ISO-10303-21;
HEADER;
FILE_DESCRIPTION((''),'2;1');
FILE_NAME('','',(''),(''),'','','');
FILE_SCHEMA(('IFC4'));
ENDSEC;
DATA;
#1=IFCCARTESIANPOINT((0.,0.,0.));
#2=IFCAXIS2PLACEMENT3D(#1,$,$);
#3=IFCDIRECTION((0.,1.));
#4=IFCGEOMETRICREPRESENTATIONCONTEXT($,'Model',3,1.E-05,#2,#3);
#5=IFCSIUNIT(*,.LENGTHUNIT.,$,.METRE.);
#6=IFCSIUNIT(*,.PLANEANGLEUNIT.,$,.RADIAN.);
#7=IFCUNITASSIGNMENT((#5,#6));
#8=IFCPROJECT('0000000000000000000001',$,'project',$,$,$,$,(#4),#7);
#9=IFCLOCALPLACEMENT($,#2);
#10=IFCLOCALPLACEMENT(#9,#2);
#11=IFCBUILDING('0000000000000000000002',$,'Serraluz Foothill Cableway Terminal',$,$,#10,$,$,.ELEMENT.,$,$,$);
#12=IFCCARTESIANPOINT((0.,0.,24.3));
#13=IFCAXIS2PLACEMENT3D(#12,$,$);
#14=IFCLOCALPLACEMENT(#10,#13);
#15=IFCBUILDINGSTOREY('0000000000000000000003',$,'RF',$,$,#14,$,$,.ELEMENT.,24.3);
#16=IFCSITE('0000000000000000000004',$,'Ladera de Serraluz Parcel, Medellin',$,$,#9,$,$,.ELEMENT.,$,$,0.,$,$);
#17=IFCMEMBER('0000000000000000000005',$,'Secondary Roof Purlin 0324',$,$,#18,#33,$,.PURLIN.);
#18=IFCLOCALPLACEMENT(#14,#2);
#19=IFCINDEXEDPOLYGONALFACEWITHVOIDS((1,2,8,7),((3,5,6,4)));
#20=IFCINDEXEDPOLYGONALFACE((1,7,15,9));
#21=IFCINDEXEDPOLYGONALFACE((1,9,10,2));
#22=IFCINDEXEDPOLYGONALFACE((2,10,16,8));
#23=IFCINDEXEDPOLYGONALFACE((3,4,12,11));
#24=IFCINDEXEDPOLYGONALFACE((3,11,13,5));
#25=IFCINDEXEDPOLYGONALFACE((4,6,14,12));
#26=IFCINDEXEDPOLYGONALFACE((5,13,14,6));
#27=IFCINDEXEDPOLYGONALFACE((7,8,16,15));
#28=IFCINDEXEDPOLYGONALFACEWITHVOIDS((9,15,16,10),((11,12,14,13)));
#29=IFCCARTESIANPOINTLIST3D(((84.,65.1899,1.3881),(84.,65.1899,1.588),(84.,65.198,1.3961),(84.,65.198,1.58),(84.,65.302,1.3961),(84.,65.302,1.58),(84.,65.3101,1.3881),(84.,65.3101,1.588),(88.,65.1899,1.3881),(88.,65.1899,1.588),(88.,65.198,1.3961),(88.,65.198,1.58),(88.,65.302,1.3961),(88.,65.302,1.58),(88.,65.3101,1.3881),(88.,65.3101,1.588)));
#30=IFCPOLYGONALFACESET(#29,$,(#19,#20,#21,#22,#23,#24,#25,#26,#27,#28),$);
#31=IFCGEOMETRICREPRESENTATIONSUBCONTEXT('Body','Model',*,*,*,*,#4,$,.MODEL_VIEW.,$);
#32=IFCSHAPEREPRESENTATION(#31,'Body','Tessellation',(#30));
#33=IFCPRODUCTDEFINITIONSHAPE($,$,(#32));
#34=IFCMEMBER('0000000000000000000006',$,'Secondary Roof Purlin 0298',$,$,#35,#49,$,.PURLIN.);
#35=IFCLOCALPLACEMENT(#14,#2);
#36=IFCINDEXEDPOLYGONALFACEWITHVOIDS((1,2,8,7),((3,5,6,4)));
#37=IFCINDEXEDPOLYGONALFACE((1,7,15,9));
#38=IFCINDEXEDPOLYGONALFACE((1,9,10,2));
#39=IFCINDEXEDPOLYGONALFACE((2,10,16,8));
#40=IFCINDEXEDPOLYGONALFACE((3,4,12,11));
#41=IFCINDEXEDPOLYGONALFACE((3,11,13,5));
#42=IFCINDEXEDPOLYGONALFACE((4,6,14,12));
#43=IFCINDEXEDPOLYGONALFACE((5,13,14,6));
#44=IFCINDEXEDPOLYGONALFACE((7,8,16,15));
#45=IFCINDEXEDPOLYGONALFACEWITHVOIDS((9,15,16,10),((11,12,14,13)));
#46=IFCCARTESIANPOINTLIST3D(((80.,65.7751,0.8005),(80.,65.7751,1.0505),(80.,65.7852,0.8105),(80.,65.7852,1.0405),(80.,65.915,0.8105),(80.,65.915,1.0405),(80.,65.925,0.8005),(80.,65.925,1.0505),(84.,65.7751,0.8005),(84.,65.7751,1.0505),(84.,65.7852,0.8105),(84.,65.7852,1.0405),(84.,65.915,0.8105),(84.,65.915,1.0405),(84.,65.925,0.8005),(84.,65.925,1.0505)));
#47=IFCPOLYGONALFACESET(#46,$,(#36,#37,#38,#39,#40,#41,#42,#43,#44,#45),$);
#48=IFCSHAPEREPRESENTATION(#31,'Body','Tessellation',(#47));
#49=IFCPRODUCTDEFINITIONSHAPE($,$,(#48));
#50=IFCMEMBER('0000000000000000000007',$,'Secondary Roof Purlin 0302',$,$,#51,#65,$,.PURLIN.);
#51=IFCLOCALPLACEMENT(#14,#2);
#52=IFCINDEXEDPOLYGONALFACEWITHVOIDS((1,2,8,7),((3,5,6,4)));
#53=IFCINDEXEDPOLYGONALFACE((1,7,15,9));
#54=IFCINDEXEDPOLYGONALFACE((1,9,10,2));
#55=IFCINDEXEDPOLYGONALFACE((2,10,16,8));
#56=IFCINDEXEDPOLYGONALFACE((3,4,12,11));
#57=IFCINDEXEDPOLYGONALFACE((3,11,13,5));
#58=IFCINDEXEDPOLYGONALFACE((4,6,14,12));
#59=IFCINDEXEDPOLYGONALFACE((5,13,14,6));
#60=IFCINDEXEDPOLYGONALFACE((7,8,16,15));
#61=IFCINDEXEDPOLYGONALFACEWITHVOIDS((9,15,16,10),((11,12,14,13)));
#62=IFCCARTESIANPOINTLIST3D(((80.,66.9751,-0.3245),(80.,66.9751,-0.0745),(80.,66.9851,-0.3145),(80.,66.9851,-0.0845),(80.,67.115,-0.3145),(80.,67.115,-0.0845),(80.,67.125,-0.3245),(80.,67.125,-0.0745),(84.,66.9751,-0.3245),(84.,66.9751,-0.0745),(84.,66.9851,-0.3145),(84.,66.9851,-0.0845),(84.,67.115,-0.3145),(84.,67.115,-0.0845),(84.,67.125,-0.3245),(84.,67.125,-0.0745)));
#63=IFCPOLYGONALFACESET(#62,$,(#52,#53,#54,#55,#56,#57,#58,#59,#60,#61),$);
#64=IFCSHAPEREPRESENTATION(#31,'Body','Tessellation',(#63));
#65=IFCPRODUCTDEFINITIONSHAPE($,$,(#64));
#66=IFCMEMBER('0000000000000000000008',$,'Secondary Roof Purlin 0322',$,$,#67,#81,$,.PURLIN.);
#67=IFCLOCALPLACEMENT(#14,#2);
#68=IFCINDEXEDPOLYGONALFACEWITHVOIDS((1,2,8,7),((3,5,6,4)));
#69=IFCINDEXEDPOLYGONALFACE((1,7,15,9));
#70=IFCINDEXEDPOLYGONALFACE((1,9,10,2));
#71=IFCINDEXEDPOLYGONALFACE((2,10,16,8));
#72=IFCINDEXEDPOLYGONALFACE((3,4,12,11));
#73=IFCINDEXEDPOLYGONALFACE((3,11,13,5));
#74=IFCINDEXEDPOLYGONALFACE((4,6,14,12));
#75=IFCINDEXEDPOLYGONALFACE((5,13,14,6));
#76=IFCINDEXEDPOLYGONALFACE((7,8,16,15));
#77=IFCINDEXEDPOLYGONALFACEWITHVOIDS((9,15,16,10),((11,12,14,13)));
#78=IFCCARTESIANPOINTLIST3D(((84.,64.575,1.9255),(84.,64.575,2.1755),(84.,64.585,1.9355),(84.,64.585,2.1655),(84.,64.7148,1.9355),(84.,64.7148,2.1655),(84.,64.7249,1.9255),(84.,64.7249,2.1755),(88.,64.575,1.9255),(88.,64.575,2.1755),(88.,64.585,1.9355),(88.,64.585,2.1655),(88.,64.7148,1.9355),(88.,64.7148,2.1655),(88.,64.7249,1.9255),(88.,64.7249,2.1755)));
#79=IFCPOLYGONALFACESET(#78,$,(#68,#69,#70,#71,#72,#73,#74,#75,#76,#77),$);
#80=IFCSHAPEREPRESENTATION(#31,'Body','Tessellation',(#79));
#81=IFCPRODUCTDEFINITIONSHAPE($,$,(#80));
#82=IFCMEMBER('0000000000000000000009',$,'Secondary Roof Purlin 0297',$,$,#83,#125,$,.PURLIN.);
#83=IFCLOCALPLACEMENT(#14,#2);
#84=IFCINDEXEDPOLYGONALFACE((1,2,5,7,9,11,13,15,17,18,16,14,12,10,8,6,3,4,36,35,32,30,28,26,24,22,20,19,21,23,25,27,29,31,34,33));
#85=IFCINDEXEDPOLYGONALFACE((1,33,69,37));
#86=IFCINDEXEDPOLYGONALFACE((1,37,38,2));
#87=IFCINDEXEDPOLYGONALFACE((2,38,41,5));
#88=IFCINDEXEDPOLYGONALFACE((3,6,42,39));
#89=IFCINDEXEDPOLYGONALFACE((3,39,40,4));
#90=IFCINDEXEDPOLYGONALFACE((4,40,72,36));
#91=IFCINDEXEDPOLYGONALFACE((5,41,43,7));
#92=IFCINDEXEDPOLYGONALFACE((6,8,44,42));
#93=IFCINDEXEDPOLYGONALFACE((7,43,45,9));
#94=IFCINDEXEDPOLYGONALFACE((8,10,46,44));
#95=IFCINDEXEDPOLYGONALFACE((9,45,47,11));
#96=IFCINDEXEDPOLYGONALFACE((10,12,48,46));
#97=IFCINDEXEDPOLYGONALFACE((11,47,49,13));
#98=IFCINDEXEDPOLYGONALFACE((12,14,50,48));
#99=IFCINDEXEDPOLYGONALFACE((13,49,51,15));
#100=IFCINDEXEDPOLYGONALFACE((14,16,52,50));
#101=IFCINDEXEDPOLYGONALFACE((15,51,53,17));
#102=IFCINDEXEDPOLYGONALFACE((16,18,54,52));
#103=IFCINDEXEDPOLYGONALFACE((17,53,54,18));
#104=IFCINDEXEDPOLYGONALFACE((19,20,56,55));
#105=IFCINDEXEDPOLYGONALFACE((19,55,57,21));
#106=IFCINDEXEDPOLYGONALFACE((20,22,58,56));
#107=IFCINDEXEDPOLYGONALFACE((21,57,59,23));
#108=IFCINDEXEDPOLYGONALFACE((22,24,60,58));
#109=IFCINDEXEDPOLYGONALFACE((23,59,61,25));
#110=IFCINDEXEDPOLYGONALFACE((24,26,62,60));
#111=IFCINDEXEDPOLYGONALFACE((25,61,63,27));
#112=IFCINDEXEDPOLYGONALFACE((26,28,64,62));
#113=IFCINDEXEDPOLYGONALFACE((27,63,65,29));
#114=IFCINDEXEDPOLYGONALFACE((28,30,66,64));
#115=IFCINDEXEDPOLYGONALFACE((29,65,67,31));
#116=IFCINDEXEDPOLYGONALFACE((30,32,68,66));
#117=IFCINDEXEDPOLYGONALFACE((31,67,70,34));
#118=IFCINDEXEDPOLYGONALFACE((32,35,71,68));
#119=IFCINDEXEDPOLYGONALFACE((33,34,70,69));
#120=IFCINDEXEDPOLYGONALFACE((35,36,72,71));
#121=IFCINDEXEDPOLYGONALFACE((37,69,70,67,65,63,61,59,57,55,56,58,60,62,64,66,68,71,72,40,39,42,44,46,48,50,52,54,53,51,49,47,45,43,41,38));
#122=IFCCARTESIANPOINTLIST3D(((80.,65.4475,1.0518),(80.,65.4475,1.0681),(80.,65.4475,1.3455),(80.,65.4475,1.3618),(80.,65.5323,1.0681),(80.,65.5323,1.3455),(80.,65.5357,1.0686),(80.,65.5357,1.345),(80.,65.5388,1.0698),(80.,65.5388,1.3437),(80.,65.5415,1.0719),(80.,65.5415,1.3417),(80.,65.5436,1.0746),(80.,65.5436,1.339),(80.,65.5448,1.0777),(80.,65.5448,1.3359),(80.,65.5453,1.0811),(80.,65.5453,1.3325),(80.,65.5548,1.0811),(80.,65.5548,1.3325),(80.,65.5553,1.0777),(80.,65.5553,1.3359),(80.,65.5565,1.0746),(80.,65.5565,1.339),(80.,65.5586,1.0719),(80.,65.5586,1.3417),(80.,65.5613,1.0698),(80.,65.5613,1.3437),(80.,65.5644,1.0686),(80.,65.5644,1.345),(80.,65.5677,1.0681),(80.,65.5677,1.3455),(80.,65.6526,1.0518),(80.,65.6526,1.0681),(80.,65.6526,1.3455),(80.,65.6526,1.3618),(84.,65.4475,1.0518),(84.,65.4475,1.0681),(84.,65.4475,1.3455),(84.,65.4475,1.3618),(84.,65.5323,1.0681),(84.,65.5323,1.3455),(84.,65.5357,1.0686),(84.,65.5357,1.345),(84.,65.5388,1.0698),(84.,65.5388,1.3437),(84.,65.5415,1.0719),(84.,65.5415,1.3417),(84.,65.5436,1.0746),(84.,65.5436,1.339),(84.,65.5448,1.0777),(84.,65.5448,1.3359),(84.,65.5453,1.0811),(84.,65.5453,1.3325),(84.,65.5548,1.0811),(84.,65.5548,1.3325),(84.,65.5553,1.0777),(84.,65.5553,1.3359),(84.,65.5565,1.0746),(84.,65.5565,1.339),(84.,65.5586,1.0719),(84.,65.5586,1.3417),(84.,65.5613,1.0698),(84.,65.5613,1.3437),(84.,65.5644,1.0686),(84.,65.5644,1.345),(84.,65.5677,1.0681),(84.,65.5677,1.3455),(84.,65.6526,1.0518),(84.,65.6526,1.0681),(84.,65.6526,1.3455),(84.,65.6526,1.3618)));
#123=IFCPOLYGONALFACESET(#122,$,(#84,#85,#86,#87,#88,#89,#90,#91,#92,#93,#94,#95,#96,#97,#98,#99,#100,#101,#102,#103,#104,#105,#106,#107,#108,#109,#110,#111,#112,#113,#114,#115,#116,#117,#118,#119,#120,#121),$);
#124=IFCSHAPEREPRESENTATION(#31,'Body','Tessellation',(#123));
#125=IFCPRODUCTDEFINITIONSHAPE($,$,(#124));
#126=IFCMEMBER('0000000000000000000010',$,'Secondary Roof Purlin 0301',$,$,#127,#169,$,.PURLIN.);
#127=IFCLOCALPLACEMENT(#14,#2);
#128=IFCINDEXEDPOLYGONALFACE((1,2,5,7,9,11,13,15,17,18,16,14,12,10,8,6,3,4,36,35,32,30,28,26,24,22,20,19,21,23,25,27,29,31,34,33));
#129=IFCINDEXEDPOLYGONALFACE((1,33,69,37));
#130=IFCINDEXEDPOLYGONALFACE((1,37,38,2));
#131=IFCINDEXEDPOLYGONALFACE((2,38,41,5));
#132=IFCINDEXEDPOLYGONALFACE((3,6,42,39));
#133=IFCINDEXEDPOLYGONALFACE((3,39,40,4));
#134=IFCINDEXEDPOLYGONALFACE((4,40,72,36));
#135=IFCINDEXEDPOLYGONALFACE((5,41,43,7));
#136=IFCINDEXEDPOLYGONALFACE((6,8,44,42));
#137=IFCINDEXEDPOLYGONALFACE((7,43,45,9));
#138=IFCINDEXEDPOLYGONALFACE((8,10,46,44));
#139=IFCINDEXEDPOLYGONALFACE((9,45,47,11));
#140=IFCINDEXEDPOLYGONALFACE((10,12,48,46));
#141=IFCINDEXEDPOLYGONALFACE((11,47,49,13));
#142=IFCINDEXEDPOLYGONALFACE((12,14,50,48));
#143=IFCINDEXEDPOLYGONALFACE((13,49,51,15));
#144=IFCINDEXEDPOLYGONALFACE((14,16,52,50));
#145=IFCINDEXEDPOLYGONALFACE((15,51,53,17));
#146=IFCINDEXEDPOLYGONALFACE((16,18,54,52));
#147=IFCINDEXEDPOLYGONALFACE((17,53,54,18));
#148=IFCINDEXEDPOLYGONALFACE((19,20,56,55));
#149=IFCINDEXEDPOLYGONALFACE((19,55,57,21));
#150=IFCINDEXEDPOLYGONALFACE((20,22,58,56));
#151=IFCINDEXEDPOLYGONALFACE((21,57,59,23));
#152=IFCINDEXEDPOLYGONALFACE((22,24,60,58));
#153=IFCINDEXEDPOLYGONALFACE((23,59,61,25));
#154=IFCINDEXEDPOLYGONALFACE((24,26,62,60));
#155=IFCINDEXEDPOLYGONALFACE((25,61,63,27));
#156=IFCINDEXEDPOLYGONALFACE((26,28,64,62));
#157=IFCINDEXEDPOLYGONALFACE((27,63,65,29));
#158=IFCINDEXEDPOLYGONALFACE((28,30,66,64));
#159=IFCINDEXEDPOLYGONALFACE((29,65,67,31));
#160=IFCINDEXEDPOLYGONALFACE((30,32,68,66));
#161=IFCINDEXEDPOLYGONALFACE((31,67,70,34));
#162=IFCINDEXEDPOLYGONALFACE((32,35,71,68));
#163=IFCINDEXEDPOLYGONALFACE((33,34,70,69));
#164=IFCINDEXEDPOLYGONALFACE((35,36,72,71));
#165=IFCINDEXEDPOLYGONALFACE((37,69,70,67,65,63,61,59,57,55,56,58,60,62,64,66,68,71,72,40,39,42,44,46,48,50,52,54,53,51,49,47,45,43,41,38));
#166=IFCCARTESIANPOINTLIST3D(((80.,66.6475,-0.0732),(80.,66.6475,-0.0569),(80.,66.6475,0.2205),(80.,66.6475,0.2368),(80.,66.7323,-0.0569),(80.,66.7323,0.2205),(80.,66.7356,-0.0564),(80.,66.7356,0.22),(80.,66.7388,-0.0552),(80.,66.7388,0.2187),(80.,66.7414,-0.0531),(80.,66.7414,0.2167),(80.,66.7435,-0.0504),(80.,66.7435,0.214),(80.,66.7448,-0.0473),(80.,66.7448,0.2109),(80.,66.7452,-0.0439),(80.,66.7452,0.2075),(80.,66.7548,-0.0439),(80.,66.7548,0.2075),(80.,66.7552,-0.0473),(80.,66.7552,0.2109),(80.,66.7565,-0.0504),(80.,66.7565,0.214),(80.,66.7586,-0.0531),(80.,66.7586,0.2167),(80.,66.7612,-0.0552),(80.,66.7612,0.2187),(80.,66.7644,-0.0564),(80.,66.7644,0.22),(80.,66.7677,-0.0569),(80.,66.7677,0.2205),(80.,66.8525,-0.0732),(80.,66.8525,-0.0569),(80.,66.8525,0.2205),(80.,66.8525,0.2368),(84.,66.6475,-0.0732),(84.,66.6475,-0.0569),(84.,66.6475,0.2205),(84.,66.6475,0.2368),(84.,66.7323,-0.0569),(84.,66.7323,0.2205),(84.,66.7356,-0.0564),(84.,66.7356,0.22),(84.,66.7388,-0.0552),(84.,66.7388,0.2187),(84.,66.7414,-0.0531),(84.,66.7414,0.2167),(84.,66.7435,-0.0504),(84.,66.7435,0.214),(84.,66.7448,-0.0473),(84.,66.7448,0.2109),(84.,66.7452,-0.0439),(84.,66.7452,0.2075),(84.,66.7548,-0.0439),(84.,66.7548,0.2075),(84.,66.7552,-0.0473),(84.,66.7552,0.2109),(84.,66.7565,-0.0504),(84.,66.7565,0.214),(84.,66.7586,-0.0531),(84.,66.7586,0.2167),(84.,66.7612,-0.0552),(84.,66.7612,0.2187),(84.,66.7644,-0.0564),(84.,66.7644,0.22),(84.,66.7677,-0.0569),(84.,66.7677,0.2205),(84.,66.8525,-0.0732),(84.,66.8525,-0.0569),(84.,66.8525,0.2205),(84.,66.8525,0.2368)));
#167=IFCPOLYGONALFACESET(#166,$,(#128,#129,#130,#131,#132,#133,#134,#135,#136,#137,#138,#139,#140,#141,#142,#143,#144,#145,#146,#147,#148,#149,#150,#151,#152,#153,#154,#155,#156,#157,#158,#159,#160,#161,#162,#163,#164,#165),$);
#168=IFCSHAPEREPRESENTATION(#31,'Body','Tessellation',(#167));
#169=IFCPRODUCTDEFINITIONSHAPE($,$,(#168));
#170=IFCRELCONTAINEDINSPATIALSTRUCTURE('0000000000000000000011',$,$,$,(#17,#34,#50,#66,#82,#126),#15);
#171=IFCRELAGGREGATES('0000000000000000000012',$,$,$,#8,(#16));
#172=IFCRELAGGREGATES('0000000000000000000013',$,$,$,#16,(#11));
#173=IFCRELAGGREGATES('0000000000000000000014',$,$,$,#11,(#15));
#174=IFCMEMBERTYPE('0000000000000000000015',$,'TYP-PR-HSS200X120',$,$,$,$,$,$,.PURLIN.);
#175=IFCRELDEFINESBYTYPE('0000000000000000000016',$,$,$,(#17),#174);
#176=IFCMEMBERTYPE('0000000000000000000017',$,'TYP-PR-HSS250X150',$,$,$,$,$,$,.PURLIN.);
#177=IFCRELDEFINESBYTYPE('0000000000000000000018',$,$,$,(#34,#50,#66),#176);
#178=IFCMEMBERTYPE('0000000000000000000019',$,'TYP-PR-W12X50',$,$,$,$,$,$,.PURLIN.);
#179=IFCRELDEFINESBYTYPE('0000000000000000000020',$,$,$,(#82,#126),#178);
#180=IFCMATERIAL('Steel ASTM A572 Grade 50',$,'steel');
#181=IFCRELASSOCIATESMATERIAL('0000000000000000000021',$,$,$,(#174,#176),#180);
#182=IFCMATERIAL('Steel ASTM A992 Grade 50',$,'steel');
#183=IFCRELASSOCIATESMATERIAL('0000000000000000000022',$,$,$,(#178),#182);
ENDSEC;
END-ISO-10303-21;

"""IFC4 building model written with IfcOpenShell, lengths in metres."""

from ifc_helpers import new_model, si_unit, direction, frame, origin, origin_2d, place, context, subcontext, project, spatial, hollow_rectangle, i_section, extrude, material, material_profile, profile_set, type_object, element, save


model = new_model("IFC4")

# Units and contexts
model_context = context("Model", 3, precision=1e-05, world=origin(), true_north=direction((0.0, 1.0)))
body_context = subcontext(model_context, "Body", "Model", "MODEL_VIEW")
ifc_project = project(units=[si_unit("LENGTHUNIT", "METRE"), si_unit("PLANEANGLEUNIT", "RADIAN")], contexts=[model_context])

# Site, building, storey
site_placement = place(None, origin())
site = spatial("IfcSite", under=ifc_project, at=site_placement, Name="Ladera de Serraluz Parcel, Medellin", CompositionType="ELEMENT", RefElevation=0.0)
building_placement = place(site_placement, origin())
building = spatial("IfcBuilding", under=site, at=building_placement, Name="Serraluz Foothill Cableway Terminal", CompositionType="ELEMENT")
storey_placement = place(building_placement, frame((0.0, 0.0, 24.3)))
storey = spatial("IfcBuildingStorey", under=building, at=storey_placement, Name="RF", CompositionType="ELEMENT", Elevation=24.3)

# Members
ifc_material_1 = material(Name="Steel ASTM A572 Grade 50", Category="steel")
ifc_material_profile_1 = material_profile(ifc_material_1, hollow_rectangle(XDim=0.1201, YDim=0.2, WallThickness=0.0081, at=origin_2d()), Name="HSS200X120X8")
ifc_profile_set_1 = profile_set([ifc_material_profile_1], Name="Steel ASTM A572 Grade 50")
member_type_1 = type_object("IfcMemberType", Name="TYP-PR-HSS200X120", PredefinedType="PURLIN", material=ifc_profile_set_1)
for number, where, z_axis, x_axis, name in (
    (1, (84.0, 65.25, 1.488), (1.0, 0.0, 0.0), (0.0, 1.0, 0.0), "Secondary Roof Purlin 0324"),
):
    element("IfcMember", number, at=place(storey_placement, frame(where, z_axis=z_axis, x_axis=x_axis)), inside=storey, type_object=member_type_1, Name=name, PredefinedType="PURLIN", context=body_context, shape_type="SweptSolid", body=[
        extrude(hollow_rectangle(XDim=0.1201, YDim=0.2, WallThickness=0.0081, at=origin_2d()), origin(), (0.0, 0.0, 1.0), 4.0),
    ])
ifc_material_profile_2 = material_profile(ifc_material_1, hollow_rectangle(XDim=0.1499, YDim=0.25, WallThickness=0.01, at=origin_2d()), Name="HSS250X150X10")
ifc_profile_set_2 = profile_set([ifc_material_profile_2], Name="Steel ASTM A572 Grade 50")
member_type_2 = type_object("IfcMemberType", Name="TYP-PR-HSS250X150", PredefinedType="PURLIN", material=ifc_profile_set_2)
for number, where, z_axis, x_axis, name in (
    (2, (80.0, 65.8501, 0.9255), (1.0, 0.0, 0.0), (0.0, 1.0, 0.0), "Secondary Roof Purlin 0298"),
    (3, (80.0, 67.05, -0.1995), (1.0, 0.0, 0.0), (0.0, 1.0, 0.0), "Secondary Roof Purlin 0302"),
    (4, (84.0, 64.6499, 2.0505), (1.0, 0.0, 0.0), (0.0, 1.0, 0.0), "Secondary Roof Purlin 0322"),
):
    element("IfcMember", number, at=place(storey_placement, frame(where, z_axis=z_axis, x_axis=x_axis)), inside=storey, type_object=member_type_2, Name=name, PredefinedType="PURLIN", context=body_context, shape_type="SweptSolid", body=[
        extrude(hollow_rectangle(XDim=0.1499, YDim=0.25, WallThickness=0.01, at=origin_2d()), origin(), (0.0, 0.0, 1.0), 4.0),
    ])
ifc_material_2 = material(Name="Steel ASTM A992 Grade 50", Category="steel")
ifc_material_profile_3 = material_profile(ifc_material_2, i_section(OverallWidth=0.2051, OverallDepth=0.3101, WebThickness=0.0095, FlangeThickness=0.0164, FilletRadius=0.0129, at=origin_2d()), Name="W12X50")
ifc_profile_set_3 = profile_set([ifc_material_profile_3], Name="Steel ASTM A992 Grade 50")
member_type_3 = type_object("IfcMemberType", Name="TYP-PR-W12X50", PredefinedType="PURLIN", material=ifc_profile_set_3)
for number, where, z_axis, x_axis, name in (
    (5, (80.0, 65.55, 1.2068), (1.0, 0.0, 0.0), (0.0, 1.0, 0.0), "Secondary Roof Purlin 0297"),
    (6, (80.0, 66.75, 0.0818), (1.0, 0.0, 0.0), (0.0, 1.0, 0.0), "Secondary Roof Purlin 0301"),
):
    element("IfcMember", number, at=place(storey_placement, frame(where, z_axis=z_axis, x_axis=x_axis)), inside=storey, type_object=member_type_3, Name=name, PredefinedType="PURLIN", context=body_context, shape_type="SweptSolid", body=[
        extrude(i_section(OverallWidth=0.2051, OverallDepth=0.3101, WebThickness=0.0095, FlangeThickness=0.0164, FilletRadius=0.0129, at=origin_2d()), origin(), (0.0, 0.0, 1.0), 4.0),
    ])

save(model, "model.ifc")
